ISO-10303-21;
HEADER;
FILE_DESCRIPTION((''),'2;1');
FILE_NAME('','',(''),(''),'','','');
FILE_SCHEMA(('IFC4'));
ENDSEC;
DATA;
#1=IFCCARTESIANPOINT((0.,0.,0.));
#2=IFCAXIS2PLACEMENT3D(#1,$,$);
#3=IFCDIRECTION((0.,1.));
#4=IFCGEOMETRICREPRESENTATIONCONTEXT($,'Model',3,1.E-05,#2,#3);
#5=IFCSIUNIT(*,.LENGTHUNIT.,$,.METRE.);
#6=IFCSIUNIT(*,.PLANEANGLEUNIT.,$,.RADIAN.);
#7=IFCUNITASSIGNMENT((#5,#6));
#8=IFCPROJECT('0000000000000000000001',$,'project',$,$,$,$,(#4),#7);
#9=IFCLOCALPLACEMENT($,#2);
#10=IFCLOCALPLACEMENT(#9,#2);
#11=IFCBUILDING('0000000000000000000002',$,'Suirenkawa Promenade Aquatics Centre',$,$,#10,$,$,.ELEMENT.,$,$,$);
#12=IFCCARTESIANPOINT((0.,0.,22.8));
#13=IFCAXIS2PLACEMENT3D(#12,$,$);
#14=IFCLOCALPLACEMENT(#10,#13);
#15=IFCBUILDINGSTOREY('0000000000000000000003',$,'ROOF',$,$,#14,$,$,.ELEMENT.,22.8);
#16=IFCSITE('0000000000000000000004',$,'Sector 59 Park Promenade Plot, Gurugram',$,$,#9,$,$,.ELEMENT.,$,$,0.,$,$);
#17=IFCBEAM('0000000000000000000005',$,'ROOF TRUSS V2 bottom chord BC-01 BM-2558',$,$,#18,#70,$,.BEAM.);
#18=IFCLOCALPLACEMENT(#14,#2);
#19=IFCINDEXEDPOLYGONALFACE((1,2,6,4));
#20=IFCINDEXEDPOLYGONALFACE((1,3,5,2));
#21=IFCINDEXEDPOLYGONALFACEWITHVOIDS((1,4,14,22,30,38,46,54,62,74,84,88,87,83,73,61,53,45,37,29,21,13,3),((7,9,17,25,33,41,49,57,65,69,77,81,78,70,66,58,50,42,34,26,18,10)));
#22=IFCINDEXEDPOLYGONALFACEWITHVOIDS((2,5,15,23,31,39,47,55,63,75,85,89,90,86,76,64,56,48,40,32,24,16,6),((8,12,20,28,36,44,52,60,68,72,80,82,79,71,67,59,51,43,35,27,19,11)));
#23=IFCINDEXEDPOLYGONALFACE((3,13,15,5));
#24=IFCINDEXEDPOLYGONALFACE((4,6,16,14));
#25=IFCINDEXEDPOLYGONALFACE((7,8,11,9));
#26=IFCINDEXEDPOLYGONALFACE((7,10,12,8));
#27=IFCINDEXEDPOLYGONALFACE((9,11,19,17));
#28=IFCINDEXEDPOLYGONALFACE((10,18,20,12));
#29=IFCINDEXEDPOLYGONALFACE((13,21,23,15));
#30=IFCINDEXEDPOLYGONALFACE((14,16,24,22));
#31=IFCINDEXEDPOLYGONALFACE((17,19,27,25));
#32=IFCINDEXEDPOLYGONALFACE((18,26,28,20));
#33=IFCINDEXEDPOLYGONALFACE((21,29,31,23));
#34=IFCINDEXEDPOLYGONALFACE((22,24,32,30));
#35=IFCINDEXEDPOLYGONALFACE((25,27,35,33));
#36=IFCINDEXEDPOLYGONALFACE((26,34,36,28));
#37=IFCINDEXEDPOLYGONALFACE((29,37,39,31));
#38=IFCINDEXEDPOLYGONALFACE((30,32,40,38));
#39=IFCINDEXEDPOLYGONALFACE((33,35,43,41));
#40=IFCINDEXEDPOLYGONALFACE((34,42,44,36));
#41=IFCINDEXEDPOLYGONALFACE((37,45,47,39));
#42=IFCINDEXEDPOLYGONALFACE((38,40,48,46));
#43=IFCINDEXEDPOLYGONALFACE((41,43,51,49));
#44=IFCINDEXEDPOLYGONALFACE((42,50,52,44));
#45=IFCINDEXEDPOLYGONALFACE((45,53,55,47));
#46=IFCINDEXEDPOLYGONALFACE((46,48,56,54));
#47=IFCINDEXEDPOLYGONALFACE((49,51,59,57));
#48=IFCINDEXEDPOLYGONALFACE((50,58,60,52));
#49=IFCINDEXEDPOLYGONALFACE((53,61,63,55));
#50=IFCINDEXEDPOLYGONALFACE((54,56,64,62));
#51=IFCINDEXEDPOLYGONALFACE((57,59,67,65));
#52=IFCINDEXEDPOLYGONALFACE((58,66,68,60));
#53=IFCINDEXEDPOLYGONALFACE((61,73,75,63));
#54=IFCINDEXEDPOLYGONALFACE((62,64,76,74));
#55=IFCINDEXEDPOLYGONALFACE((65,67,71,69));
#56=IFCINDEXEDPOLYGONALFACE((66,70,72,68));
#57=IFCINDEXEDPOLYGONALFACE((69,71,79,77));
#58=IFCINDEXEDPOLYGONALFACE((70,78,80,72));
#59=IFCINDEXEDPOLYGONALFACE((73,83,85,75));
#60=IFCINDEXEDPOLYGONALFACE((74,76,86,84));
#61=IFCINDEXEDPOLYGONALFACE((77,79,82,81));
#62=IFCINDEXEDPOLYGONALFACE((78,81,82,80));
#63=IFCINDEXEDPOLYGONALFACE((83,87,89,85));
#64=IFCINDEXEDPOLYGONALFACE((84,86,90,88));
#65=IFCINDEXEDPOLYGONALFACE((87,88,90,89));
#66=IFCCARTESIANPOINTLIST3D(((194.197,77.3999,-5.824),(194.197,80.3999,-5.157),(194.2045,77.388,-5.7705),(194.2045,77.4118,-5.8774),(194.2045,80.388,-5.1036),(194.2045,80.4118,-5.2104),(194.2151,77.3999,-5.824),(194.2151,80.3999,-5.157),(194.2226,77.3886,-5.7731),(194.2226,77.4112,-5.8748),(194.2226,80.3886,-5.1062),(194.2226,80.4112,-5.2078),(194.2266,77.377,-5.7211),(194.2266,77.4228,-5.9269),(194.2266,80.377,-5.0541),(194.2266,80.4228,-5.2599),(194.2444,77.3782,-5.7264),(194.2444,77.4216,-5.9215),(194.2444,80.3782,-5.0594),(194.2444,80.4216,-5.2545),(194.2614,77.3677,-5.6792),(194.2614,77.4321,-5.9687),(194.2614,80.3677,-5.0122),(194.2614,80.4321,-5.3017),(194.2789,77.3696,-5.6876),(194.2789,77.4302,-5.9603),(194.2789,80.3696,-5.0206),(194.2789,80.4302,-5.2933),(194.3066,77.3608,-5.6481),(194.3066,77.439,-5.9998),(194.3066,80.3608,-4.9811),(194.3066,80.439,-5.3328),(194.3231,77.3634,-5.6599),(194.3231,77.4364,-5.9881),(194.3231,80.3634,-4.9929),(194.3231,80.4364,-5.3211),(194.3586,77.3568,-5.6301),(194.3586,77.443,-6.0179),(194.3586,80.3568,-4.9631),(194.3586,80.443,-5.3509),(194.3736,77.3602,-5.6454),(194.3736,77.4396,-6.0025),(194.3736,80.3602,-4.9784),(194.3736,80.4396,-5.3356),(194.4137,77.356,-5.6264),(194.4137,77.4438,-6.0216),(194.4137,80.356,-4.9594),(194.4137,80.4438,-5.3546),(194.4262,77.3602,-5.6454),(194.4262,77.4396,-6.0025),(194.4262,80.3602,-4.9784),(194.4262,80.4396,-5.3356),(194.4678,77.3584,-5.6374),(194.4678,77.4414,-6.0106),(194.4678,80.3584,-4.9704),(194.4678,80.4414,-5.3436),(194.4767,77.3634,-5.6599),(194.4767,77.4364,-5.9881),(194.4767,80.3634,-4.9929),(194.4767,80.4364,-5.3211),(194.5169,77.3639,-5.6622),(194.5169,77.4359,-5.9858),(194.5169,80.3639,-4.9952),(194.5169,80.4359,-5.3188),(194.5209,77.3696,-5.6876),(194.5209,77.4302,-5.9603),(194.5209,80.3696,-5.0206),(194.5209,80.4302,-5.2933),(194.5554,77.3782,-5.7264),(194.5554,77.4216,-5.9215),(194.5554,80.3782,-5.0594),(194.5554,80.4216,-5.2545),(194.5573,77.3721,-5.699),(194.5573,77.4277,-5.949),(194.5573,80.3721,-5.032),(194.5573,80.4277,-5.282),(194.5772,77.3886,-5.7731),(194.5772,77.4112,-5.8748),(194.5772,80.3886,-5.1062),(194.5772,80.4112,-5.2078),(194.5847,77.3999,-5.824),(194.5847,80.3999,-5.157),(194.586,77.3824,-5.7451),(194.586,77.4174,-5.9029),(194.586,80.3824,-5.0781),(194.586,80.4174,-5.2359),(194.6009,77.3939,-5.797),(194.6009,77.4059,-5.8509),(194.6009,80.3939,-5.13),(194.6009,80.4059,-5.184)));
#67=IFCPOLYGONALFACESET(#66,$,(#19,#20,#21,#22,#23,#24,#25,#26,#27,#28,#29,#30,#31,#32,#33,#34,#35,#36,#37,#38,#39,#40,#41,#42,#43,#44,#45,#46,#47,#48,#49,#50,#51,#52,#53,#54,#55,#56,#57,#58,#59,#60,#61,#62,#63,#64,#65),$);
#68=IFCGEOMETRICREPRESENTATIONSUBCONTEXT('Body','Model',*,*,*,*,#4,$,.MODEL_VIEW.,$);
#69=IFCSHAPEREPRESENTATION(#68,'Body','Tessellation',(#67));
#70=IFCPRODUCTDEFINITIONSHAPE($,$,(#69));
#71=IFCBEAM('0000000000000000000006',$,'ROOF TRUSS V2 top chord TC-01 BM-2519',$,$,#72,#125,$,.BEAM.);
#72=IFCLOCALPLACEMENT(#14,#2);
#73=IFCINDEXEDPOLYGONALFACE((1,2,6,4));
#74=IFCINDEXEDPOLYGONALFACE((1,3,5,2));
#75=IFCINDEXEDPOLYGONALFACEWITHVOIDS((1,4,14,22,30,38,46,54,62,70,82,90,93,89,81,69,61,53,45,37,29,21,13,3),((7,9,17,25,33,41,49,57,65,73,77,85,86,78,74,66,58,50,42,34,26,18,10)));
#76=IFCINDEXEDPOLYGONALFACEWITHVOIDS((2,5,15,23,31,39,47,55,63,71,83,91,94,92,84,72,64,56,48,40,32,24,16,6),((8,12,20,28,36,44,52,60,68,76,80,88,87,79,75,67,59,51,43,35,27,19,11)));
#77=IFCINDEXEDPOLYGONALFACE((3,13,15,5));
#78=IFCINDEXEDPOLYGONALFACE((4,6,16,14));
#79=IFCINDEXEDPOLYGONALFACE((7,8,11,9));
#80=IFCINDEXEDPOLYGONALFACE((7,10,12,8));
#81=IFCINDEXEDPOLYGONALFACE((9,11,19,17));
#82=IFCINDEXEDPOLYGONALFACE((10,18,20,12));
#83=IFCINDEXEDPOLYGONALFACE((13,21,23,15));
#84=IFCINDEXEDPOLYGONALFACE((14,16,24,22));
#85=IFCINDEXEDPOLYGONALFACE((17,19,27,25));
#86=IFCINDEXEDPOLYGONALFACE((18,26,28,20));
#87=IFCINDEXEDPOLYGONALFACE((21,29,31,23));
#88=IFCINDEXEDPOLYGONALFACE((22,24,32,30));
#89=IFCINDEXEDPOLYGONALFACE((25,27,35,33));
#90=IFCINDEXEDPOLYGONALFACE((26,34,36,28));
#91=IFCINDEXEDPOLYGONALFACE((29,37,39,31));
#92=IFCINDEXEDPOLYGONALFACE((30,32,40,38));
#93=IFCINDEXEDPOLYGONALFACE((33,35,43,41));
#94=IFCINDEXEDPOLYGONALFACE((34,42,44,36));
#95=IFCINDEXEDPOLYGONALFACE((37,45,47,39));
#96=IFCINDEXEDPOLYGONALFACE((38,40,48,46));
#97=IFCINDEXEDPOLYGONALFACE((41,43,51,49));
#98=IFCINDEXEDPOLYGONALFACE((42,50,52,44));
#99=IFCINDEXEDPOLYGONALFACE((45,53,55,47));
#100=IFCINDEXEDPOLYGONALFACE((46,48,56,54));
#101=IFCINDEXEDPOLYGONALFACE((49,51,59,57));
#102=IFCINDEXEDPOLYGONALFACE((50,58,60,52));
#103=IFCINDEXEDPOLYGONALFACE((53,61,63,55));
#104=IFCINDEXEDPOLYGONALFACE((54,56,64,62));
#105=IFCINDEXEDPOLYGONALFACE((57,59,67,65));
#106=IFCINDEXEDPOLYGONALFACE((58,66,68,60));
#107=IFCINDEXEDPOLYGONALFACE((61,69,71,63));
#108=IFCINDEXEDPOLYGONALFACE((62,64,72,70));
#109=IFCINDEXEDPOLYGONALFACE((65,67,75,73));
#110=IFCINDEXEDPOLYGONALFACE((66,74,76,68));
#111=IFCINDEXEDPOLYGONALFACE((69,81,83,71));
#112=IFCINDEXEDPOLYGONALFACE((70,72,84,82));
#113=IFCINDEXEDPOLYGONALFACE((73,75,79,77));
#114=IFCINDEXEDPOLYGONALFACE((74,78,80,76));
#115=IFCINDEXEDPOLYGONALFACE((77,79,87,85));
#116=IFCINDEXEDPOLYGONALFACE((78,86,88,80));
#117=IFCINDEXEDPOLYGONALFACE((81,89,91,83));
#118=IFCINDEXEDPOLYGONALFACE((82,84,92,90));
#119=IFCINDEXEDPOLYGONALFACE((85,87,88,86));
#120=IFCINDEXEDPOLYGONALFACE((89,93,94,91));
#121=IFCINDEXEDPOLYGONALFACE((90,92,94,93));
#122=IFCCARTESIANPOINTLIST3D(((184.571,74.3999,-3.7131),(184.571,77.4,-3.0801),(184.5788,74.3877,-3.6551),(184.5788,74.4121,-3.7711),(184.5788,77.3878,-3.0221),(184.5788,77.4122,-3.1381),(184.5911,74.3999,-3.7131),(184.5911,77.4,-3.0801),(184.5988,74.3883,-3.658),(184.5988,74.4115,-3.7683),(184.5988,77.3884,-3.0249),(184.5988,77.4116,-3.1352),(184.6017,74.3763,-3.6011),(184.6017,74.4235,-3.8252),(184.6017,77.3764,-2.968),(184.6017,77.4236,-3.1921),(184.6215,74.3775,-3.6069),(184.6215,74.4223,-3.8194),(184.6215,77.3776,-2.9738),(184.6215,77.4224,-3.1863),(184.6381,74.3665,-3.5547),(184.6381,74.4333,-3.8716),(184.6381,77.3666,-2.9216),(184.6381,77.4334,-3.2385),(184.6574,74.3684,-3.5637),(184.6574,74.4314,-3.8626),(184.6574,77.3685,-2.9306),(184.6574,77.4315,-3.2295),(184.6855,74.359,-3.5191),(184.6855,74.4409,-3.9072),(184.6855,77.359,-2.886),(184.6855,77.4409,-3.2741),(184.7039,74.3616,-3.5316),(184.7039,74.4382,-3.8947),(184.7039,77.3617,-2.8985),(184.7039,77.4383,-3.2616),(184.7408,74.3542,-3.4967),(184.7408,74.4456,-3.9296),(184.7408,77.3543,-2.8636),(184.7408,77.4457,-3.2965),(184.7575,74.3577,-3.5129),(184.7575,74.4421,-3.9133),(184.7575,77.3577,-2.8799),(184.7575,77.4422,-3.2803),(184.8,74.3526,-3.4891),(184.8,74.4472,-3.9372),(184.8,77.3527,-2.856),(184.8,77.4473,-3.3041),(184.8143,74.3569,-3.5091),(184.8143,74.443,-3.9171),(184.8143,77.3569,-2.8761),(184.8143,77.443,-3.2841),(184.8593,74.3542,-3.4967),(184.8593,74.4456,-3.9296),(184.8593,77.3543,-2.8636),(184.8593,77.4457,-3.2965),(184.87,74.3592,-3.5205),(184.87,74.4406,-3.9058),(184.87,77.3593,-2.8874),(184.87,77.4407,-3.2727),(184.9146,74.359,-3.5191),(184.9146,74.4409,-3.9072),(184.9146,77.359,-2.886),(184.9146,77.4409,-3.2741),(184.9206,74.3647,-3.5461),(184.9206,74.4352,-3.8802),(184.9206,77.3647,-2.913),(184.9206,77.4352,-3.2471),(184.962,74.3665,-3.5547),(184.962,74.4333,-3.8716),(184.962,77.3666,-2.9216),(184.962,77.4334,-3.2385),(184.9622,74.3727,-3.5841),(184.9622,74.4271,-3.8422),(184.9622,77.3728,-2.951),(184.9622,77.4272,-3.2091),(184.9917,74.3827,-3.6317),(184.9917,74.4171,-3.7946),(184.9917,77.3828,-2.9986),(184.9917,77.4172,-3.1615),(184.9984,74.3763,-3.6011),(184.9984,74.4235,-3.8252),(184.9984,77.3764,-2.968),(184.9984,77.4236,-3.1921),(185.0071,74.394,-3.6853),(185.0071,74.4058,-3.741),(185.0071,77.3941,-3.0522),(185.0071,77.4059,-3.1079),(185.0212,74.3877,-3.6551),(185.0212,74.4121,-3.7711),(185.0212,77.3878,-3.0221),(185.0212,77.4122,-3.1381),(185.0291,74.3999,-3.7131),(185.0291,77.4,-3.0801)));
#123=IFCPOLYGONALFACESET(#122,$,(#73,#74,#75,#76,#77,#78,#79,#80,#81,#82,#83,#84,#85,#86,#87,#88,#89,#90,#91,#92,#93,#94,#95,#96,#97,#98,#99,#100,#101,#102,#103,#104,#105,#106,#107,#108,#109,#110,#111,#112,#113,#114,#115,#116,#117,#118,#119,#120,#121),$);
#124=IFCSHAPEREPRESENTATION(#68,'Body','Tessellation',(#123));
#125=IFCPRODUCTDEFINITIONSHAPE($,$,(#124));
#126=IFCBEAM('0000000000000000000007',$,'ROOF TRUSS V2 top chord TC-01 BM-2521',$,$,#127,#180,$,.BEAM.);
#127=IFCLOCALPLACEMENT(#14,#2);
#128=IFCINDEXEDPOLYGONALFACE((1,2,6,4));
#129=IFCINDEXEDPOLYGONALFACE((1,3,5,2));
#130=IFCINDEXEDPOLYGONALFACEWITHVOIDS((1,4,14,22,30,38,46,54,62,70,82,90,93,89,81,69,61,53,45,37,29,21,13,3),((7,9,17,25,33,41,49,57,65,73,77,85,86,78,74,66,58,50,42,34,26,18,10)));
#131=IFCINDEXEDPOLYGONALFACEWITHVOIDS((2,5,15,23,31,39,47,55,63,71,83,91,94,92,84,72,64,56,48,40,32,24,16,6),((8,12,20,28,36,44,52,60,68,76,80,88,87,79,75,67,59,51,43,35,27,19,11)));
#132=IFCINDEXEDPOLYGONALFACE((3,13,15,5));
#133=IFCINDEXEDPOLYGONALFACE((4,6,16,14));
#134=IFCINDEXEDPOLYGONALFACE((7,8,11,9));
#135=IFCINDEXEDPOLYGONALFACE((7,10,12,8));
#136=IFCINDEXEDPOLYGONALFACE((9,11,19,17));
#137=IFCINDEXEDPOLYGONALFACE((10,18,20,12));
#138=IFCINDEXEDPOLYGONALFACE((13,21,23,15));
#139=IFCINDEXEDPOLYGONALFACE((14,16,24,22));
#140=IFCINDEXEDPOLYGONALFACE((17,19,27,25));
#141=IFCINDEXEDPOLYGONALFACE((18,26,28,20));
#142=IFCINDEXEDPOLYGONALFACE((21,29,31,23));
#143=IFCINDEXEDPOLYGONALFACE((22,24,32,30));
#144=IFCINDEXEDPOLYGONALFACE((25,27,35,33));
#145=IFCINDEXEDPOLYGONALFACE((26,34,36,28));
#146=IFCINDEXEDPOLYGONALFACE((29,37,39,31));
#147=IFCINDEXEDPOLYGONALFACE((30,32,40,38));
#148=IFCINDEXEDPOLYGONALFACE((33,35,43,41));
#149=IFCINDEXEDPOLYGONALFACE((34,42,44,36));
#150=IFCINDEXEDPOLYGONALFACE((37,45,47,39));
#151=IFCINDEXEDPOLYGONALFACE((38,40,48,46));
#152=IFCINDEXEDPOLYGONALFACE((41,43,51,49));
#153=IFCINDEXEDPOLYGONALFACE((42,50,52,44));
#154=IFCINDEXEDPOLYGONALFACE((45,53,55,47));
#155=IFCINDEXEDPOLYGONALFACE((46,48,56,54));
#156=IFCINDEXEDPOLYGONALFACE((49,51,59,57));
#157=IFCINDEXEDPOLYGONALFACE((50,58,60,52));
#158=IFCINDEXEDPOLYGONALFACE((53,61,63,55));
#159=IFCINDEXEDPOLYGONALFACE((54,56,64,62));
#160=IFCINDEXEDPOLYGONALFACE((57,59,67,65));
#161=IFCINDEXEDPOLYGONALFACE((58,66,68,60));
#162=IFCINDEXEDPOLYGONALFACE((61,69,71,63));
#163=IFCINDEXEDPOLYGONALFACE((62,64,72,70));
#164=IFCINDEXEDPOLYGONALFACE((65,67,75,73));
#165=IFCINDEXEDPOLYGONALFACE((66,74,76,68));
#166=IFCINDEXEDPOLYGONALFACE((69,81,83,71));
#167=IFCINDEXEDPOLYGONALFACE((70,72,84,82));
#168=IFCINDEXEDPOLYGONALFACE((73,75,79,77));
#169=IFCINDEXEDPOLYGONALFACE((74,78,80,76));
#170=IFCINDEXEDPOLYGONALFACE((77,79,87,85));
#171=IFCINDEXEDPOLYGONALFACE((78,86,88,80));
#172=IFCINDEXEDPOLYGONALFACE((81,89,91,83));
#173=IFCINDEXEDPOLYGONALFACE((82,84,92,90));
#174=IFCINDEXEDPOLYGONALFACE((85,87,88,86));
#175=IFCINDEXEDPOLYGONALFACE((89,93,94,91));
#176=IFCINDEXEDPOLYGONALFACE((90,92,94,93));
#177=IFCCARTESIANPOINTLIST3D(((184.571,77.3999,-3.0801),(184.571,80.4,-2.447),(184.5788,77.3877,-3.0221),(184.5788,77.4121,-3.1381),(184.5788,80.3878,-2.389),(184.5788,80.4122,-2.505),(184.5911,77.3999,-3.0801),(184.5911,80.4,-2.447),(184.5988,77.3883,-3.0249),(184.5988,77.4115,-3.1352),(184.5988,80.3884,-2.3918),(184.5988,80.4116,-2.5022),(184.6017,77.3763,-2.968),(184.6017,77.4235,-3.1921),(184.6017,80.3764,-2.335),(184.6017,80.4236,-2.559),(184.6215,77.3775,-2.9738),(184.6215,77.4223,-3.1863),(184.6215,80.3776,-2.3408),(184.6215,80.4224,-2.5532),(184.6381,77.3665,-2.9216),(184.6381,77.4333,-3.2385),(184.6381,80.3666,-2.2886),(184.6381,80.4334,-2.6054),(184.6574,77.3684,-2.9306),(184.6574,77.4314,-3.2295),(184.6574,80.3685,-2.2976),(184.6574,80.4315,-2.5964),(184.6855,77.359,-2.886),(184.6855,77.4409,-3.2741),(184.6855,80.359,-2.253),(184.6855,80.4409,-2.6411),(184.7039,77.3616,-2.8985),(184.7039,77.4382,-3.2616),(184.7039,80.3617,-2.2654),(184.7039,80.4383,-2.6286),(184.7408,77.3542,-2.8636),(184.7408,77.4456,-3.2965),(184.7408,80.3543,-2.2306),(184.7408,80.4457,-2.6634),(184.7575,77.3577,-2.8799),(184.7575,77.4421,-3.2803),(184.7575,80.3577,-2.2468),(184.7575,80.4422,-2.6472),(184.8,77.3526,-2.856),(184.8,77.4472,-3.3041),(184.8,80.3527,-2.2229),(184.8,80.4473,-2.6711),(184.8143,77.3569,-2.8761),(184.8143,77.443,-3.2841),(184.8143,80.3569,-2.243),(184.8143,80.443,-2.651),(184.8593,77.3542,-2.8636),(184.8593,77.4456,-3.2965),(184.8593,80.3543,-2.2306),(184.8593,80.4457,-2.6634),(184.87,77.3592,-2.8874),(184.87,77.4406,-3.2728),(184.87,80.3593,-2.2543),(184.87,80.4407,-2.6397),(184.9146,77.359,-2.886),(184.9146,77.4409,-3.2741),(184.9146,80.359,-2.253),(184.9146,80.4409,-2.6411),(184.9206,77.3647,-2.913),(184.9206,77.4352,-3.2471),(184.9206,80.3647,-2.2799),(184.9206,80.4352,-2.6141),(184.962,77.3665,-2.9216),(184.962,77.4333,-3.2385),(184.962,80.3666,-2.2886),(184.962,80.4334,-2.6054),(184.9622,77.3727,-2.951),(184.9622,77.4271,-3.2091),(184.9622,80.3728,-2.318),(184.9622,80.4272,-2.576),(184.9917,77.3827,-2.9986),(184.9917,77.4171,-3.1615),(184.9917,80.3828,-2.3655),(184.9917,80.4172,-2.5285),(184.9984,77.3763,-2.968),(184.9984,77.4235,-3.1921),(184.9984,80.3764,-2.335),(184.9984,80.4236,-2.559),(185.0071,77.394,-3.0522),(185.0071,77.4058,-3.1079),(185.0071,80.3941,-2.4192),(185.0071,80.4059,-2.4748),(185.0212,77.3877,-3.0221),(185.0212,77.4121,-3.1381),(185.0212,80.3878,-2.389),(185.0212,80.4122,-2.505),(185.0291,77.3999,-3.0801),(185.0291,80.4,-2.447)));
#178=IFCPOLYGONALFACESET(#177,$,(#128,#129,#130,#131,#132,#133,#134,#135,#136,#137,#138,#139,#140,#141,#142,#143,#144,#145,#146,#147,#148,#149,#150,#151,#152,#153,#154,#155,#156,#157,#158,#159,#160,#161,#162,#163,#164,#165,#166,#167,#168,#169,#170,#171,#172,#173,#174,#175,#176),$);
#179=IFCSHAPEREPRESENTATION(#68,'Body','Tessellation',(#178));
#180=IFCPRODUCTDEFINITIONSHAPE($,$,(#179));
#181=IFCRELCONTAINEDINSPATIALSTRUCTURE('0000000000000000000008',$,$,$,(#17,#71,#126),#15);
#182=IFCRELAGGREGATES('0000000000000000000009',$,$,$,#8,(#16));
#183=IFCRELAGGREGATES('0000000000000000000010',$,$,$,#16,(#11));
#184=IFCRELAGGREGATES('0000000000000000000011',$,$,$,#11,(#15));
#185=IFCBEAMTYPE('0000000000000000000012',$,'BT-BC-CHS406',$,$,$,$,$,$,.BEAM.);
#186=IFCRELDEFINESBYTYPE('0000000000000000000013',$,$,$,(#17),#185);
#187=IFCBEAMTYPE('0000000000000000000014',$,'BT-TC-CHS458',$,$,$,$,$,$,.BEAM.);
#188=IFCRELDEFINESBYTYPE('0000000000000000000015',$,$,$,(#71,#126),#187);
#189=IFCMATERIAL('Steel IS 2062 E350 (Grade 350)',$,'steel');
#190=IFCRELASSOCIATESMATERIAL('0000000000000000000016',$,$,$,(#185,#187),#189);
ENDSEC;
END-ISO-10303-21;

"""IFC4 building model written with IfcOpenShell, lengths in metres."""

from ifc_helpers import new_model, si_unit, direction, frame, origin, origin_2d, place, context, subcontext, project, spatial, hollow_circle, extrude, material, material_profile, profile_set, type_object, element, save


model = new_model("IFC4")

# Units and contexts
model_context = context("Model", 3, precision=1e-05, world=origin(), true_north=direction((0.0, 1.0)))
body_context = subcontext(model_context, "Body", "Model", "MODEL_VIEW")
ifc_project = project(units=[si_unit("LENGTHUNIT", "METRE"), si_unit("PLANEANGLEUNIT", "RADIAN")], contexts=[model_context])

# Site, building, storey
site_placement = place(None, origin())
site = spatial("IfcSite", under=ifc_project, at=site_placement, Name="Sector 59 Park Promenade Plot, Gurugram", CompositionType="ELEMENT", RefElevation=0.0)
building_placement = place(site_placement, origin())
building = spatial("IfcBuilding", under=site, at=building_placement, Name="Suirenkawa Promenade Aquatics Centre", CompositionType="ELEMENT")
storey_placement = place(building_placement, frame((0.0, 0.0, 22.8)))
storey = spatial("IfcBuildingStorey", under=building, at=storey_placement, Name="ROOF", CompositionType="ELEMENT", Elevation=22.8)

# Beams
ifc_material = material(Name="Steel IS 2062 E350 (Grade 350)", Category="steel")
ifc_material_profile_1 = material_profile(ifc_material, hollow_circle(Radius=0.2029, WallThickness=0.0181, at=origin_2d()), Name="CHS 406x18", Category="steel")
ifc_profile_set_1 = profile_set([ifc_material_profile_1], Name="Steel IS 2062 E350 (Grade 350)")
beam_type_1 = type_object("IfcBeamType", Name="BT-BC-CHS406", PredefinedType="BEAM", material=ifc_profile_set_1)
beam_1_placement = place(storey_placement, frame((194.3999, 77.3999, -5.824), z_axis=(0.0, 0.976165, 0.217031), x_axis=(-1.0, 0.0, 0.0)))
element("IfcBeam", 1, at=beam_1_placement, inside=storey, type_object=beam_type_1, Name="ROOF TRUSS V2 bottom chord BC-01 BM-2558", PredefinedType="BEAM", context=body_context, shape_type="SweptSolid", body=[
    extrude(hollow_circle(Radius=0.2029, WallThickness=0.0181, at=origin_2d()), origin(), (0.0, 0.0, 1.0), 3.0732),
])
ifc_material_profile_2 = material_profile(ifc_material, hollow_circle(Radius=0.229, WallThickness=0.02, at=origin_2d()), Name="CHS 458x20", Category="steel")
ifc_profile_set_2 = profile_set([ifc_material_profile_2], Name="Steel IS 2062 E350 (Grade 350)")
beam_type_2 = type_object("IfcBeamType", Name="BT-TC-CHS458", PredefinedType="BEAM", material=ifc_profile_set_2)
for number, where, z_axis, x_axis, name in (
    (2, (184.8, 74.3999, -3.7131), (0.0, 0.978453, 0.206472), (-1.0, 0.0, 0.0), "ROOF TRUSS V2 top chord TC-01 BM-2519"),
    (3, (184.8, 77.3999, -3.0801), (0.0, 0.978453, 0.206472), (-1.0, 0.0, 0.0), "ROOF TRUSS V2 top chord TC-01 BM-2521"),
):
    element("IfcBeam", number, at=place(storey_placement, frame(where, z_axis=z_axis, x_axis=x_axis)), inside=storey, type_object=beam_type_2, Name=name, PredefinedType="BEAM", context=body_context, shape_type="SweptSolid", body=[
        extrude(hollow_circle(Radius=0.229, WallThickness=0.02, at=origin_2d()), origin(), (0.0, 0.0, 1.0), 3.0662),
    ])

save(model, "model.ifc")
